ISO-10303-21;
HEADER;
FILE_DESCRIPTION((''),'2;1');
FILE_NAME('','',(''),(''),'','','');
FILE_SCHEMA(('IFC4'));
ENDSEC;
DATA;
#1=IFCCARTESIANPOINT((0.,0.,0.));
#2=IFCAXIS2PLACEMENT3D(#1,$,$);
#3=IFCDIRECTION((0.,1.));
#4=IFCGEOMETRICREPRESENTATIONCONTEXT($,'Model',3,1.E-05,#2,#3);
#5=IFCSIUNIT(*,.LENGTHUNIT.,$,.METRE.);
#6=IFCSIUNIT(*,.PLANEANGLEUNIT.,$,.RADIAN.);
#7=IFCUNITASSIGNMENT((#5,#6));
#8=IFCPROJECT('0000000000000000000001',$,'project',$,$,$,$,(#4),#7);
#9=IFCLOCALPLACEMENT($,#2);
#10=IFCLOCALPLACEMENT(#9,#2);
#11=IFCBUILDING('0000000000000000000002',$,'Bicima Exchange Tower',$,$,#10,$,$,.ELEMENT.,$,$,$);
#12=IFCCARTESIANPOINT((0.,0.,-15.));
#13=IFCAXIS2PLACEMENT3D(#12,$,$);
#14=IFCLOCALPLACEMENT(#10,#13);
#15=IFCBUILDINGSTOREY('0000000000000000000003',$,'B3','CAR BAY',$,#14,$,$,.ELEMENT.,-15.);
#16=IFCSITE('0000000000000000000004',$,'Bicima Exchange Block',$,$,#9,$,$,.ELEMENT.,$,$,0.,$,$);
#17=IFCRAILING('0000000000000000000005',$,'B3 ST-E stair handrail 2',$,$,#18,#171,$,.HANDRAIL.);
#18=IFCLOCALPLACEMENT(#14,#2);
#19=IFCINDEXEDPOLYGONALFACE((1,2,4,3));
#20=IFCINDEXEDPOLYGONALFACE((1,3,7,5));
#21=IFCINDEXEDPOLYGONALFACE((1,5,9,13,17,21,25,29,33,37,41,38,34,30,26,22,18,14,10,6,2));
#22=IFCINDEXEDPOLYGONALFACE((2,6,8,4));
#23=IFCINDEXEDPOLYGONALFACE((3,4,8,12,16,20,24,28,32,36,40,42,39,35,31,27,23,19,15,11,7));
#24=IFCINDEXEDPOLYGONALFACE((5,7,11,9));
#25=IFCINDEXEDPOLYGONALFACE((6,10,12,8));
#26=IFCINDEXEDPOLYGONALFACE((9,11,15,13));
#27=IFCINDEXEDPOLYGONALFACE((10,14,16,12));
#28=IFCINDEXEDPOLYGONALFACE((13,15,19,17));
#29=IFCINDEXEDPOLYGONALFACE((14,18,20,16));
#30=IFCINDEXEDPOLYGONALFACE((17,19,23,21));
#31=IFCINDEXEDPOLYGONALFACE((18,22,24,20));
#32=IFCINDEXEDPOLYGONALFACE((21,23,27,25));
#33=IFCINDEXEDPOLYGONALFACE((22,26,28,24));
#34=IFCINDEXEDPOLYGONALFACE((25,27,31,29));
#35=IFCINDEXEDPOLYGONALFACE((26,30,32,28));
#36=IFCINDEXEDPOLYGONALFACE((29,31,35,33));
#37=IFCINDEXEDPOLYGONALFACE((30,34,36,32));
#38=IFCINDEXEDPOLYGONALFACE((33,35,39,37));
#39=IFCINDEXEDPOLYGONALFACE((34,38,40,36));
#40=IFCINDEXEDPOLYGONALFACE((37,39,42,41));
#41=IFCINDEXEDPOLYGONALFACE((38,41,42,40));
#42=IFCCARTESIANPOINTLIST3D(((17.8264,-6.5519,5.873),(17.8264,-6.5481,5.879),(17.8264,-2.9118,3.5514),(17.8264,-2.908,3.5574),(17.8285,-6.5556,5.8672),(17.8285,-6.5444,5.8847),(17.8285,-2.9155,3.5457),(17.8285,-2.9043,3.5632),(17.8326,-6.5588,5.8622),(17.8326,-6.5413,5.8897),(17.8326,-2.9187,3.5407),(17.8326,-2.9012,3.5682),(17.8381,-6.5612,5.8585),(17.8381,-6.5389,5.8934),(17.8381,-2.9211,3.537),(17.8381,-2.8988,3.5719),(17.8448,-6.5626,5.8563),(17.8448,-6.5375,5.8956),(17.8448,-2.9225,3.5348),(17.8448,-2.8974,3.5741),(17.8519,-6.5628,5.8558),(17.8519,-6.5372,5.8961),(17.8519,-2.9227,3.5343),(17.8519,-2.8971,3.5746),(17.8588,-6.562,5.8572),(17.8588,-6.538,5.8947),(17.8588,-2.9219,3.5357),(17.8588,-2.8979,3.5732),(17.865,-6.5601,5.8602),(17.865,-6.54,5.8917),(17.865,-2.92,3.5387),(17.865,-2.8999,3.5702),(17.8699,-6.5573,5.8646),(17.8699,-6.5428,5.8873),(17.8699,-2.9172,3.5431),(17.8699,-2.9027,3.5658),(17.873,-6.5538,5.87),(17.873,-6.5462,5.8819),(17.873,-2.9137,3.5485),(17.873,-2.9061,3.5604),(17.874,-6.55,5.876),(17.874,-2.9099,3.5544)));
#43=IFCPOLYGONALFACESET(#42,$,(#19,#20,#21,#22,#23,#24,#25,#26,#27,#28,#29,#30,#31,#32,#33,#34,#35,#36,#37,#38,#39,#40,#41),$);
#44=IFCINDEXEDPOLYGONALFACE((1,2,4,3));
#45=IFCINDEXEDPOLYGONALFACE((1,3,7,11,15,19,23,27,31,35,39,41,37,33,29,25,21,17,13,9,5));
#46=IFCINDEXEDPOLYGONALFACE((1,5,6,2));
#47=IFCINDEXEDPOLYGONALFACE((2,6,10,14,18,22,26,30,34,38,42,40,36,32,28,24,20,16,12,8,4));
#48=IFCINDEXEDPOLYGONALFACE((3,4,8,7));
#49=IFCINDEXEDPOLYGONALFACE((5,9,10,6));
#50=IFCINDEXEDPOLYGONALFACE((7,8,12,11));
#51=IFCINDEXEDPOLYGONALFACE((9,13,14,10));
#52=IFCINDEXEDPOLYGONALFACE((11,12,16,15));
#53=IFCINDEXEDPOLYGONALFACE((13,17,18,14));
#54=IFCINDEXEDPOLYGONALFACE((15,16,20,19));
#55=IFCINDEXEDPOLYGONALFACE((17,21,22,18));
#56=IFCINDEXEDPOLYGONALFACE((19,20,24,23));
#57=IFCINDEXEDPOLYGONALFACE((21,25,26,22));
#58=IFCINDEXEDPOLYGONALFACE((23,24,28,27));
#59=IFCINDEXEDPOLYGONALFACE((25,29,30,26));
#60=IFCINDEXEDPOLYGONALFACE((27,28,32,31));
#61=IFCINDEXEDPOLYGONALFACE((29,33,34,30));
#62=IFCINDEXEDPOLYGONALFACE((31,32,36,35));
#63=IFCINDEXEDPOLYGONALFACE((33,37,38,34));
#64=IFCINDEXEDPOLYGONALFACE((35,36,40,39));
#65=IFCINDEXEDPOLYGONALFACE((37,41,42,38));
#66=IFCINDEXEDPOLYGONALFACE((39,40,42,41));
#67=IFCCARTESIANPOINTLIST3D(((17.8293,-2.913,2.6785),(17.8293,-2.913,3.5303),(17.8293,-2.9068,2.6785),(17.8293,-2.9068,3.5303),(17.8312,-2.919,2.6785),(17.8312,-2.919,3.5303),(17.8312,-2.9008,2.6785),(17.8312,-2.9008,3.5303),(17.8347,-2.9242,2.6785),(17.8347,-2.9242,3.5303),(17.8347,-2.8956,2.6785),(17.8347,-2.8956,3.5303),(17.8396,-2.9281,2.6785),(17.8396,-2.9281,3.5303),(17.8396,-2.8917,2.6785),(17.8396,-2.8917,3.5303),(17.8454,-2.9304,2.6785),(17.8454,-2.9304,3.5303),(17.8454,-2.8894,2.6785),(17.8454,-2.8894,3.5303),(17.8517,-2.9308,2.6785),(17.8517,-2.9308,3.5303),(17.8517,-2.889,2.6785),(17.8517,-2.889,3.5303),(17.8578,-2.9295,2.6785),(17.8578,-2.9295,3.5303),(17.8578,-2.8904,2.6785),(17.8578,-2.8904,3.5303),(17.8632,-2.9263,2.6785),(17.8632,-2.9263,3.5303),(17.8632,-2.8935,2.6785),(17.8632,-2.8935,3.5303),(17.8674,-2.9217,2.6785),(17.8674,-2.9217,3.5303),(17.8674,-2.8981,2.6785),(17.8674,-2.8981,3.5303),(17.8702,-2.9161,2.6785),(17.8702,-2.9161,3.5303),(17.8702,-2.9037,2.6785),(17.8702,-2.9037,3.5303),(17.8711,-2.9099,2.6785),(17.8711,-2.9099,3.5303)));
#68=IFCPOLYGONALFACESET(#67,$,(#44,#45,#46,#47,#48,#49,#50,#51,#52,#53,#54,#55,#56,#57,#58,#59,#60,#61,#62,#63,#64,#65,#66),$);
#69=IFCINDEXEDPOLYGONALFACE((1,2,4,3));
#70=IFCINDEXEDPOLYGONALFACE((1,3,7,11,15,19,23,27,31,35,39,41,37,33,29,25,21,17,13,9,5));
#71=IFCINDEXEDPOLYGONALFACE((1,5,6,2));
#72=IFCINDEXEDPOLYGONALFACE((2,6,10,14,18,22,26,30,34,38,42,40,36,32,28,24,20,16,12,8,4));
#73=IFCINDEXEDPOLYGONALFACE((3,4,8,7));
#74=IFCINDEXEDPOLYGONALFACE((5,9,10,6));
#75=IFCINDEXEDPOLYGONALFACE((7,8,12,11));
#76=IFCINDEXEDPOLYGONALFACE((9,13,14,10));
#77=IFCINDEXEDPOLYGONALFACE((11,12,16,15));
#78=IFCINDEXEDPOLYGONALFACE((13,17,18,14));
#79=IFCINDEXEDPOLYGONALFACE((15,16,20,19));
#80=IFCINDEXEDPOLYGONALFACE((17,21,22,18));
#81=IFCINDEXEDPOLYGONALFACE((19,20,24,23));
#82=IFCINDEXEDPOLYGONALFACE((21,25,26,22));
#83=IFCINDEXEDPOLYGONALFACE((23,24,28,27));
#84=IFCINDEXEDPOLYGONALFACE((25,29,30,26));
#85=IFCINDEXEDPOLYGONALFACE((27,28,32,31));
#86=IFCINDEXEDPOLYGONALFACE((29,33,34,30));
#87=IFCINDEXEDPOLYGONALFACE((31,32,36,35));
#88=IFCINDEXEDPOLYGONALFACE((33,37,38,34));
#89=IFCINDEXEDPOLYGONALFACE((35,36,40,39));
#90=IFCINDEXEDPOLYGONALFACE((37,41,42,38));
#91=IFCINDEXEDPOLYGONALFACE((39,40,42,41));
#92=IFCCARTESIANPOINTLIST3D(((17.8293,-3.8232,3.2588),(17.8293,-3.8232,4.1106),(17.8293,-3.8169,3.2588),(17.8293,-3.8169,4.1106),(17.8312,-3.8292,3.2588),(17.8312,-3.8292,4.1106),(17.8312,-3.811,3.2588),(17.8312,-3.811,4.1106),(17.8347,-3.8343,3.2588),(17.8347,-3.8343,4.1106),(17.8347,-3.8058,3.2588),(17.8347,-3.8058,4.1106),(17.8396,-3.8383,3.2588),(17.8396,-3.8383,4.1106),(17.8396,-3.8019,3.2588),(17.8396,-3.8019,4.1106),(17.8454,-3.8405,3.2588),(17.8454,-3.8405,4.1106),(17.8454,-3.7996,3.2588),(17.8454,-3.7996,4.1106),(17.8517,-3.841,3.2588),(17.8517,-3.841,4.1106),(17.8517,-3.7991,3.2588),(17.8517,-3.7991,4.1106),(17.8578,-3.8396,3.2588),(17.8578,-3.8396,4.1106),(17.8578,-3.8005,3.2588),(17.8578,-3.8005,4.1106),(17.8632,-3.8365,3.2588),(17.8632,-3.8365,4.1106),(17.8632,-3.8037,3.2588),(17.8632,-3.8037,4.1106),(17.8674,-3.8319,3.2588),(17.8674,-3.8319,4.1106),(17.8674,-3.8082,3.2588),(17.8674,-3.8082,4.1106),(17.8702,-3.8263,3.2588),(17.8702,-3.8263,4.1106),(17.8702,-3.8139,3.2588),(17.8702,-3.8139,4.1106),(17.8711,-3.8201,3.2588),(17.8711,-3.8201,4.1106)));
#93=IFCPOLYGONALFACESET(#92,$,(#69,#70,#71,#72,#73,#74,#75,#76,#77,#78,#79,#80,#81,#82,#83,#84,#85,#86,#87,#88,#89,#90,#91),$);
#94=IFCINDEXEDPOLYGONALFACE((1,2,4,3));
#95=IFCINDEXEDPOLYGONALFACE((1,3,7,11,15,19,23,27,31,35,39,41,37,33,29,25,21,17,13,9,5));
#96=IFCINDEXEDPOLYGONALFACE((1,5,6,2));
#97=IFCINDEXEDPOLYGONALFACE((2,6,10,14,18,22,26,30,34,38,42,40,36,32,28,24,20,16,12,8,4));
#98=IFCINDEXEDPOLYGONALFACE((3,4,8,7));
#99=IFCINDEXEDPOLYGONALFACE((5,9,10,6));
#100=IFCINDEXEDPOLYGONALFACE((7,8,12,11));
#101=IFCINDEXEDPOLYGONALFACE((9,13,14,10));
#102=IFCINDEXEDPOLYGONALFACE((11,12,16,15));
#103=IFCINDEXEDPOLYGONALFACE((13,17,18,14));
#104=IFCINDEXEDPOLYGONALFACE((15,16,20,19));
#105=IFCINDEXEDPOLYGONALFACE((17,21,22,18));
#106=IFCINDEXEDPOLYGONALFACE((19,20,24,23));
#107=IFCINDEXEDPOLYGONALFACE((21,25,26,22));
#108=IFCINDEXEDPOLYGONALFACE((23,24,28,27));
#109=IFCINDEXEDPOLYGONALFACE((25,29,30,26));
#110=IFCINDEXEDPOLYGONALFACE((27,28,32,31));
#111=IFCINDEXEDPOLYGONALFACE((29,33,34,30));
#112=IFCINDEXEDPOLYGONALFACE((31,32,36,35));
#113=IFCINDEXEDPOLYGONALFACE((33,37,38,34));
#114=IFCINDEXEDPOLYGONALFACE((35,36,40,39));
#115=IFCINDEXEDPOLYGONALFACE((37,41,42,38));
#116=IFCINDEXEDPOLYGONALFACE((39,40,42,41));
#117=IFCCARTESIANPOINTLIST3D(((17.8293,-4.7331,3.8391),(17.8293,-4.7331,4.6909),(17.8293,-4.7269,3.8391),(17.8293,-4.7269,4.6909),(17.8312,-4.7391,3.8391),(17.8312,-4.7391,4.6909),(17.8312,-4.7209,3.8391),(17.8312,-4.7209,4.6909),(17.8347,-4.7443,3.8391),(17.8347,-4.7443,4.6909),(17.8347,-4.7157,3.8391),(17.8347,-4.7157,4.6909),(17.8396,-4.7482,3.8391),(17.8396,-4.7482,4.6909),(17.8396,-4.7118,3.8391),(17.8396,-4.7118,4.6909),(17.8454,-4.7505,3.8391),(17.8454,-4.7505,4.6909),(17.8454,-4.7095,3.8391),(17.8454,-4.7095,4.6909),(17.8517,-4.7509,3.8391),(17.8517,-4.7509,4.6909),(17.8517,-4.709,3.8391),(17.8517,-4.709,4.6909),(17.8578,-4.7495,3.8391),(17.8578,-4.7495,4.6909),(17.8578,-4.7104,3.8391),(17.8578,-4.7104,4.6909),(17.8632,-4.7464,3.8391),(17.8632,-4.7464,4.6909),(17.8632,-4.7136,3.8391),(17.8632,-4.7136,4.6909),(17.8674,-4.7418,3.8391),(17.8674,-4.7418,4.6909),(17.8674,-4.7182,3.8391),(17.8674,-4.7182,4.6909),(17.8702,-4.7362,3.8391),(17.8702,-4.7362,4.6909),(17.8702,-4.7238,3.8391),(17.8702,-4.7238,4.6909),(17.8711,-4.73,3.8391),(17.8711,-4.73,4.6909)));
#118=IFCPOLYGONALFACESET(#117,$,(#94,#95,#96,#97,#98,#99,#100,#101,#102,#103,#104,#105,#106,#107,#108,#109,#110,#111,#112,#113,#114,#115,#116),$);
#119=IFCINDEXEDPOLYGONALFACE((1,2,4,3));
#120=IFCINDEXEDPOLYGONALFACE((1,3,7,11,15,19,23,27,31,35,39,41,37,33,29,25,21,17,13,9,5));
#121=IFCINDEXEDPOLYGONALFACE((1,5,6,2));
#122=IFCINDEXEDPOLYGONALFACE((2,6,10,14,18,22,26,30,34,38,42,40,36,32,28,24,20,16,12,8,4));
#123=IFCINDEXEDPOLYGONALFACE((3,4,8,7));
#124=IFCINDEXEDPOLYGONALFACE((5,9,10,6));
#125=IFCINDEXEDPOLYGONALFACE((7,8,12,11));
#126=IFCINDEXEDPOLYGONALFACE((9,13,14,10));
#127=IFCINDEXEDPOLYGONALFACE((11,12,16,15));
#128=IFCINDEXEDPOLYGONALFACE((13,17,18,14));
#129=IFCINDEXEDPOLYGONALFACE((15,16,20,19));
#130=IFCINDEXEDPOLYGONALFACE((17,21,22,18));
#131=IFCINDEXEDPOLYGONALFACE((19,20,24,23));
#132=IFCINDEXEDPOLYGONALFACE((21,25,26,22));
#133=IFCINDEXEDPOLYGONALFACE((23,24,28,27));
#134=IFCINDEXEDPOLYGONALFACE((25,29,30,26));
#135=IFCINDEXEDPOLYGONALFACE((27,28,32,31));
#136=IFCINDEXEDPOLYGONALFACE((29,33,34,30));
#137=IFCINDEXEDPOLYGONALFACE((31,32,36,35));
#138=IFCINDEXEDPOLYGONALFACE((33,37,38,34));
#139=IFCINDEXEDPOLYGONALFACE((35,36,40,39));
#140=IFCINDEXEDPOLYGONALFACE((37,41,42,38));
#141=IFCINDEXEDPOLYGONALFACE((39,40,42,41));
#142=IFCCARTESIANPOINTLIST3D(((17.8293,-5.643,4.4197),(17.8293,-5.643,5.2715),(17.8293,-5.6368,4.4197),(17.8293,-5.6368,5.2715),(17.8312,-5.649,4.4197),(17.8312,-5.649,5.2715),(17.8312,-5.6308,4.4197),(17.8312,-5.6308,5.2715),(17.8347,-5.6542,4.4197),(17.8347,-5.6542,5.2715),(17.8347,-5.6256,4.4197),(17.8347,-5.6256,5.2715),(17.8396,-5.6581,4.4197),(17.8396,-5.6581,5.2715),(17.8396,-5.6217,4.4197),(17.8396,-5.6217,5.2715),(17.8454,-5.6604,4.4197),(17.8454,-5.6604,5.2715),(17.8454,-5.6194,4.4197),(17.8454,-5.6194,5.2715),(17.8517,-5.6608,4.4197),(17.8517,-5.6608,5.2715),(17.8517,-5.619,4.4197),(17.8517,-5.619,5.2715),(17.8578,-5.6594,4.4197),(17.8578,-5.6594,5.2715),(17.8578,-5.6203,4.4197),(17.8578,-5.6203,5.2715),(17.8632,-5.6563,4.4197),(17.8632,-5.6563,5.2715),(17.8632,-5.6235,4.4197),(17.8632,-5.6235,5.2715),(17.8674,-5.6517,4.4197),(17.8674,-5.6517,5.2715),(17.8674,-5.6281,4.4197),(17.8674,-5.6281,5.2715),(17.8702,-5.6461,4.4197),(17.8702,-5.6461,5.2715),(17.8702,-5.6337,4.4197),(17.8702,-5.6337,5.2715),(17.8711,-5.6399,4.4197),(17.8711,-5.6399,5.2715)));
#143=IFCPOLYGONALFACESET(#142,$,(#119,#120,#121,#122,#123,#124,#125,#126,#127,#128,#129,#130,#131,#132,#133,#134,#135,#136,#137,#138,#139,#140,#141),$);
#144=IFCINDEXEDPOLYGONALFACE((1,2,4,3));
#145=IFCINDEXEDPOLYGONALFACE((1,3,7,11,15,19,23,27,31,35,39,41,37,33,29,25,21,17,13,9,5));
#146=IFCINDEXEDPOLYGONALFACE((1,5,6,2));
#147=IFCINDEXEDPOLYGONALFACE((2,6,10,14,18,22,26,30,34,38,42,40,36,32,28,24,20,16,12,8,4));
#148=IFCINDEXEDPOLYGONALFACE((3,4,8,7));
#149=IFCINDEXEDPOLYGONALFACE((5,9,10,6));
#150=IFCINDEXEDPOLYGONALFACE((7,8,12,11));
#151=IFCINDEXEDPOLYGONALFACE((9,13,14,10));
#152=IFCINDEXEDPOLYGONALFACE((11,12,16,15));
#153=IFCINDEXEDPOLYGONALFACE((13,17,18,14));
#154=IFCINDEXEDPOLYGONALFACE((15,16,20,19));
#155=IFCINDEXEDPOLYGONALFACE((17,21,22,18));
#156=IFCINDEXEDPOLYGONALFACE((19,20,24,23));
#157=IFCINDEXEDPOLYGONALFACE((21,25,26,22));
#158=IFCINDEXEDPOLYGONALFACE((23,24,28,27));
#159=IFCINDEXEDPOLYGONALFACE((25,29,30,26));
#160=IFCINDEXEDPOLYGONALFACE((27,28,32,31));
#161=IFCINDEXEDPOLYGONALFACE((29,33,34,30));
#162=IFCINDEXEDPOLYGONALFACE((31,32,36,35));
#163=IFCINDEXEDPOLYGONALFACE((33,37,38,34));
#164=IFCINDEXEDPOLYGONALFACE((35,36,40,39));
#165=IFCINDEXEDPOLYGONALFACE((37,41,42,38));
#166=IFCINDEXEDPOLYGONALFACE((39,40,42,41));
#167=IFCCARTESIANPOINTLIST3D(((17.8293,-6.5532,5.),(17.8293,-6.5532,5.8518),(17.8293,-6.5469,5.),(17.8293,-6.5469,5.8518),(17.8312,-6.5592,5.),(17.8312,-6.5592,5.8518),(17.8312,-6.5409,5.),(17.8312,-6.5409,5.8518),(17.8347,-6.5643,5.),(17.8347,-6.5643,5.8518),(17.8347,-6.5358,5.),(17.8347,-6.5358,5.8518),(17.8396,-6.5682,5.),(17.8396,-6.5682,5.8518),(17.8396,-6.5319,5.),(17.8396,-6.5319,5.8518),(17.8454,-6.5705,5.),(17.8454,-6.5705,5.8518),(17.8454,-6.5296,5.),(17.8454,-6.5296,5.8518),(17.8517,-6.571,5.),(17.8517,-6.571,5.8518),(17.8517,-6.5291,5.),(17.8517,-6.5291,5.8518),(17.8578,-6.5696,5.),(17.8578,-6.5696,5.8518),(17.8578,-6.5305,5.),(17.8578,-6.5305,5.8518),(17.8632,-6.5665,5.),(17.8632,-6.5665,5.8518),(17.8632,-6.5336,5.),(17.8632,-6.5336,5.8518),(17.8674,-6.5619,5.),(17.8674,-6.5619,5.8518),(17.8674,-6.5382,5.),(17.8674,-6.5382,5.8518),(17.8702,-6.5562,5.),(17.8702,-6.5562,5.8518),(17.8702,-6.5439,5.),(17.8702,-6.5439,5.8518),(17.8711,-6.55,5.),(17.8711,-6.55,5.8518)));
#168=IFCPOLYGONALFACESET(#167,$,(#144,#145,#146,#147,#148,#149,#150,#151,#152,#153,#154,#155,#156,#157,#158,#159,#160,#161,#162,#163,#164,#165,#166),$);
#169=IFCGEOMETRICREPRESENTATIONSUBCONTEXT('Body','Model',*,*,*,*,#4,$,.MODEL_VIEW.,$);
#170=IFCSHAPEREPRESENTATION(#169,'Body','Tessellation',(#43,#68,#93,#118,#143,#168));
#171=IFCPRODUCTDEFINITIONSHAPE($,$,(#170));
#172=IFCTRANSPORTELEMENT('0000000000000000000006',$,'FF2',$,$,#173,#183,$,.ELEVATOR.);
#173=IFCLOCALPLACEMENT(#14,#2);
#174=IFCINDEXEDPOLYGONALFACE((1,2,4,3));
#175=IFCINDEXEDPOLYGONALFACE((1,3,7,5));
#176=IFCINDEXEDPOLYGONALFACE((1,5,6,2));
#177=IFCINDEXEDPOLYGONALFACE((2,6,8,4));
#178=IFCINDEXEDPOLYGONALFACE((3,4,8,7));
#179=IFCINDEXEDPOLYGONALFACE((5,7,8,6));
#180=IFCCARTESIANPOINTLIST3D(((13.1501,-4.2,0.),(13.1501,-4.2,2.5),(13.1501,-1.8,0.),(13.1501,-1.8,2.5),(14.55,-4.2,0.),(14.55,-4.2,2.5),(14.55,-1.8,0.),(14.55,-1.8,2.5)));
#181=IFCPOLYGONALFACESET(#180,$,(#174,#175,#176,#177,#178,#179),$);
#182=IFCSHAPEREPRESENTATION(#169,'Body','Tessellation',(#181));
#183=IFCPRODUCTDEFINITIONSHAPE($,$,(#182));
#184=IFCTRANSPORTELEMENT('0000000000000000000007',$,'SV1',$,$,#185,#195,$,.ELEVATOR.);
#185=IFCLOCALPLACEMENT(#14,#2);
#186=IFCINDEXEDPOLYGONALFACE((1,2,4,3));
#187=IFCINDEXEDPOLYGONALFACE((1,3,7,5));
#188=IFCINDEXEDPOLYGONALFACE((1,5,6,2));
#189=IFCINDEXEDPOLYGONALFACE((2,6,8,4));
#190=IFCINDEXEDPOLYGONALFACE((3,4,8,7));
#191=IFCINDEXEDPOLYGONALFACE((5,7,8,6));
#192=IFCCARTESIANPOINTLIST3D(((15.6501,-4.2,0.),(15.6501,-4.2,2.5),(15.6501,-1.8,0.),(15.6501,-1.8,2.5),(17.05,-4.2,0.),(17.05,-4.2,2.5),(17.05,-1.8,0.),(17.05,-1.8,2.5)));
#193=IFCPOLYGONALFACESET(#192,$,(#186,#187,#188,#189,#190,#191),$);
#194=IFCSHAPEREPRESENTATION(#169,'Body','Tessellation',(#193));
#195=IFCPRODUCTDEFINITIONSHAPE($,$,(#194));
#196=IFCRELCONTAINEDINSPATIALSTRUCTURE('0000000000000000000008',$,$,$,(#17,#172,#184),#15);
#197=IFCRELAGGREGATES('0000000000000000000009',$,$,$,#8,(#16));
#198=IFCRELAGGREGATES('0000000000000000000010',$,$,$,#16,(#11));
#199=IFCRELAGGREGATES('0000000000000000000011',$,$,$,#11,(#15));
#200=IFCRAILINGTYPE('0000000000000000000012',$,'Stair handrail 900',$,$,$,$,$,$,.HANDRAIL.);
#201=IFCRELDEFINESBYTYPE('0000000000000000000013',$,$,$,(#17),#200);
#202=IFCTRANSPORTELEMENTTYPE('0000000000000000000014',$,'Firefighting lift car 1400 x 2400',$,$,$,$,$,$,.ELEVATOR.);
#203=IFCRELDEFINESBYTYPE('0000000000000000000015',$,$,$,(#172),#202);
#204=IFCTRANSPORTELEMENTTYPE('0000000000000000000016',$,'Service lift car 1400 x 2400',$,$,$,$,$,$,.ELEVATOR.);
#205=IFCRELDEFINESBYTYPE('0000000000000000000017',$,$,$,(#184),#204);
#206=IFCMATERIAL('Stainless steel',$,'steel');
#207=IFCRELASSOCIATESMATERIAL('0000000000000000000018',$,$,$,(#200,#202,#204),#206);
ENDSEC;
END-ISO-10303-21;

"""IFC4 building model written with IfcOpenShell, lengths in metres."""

from ifc_helpers import new_model, si_unit, direction, frame, origin, origin_2d, place, context, subcontext, project, spatial, rectangle, circle, extrude, material, type_object, element, save


model = new_model("IFC4")

# Units and contexts
model_context = context("Model", 3, precision=1e-05, world=origin(), true_north=direction((0.0, 1.0)))
body_context = subcontext(model_context, "Body", "Model", "MODEL_VIEW")
ifc_project = project(units=[si_unit("LENGTHUNIT", "METRE"), si_unit("PLANEANGLEUNIT", "RADIAN")], contexts=[model_context])

# Site, building, storey
site_placement = place(None, origin())
site = spatial("IfcSite", under=ifc_project, at=site_placement, Name="Bicima Exchange Block", CompositionType="ELEMENT", RefElevation=0.0)
building_placement = place(site_placement, origin())
building = spatial("IfcBuilding", under=site, at=building_placement, Name="Bicima Exchange Tower", CompositionType="ELEMENT")
storey_placement = place(building_placement, frame((0.0, 0.0, -15.0)))
storey = spatial("IfcBuildingStorey", under=building, at=storey_placement, Name="B3", Description="CAR BAY", CompositionType="ELEMENT", Elevation=-15.0)

# Railing
ifc_material_1 = material(Name="Stainless steel", Category="steel")
railing_type = type_object("IfcRailingType", Name="Stair handrail 900", PredefinedType="HANDRAIL", material=ifc_material_1)
railing_placement = place(storey_placement, frame((17.8501, -2.9099, 2.6785)))
element("IfcRailing", 1, at=railing_placement, inside=storey, type_object=railing_type, Name="B3 ST-E stair handrail 2", PredefinedType="HANDRAIL", context=body_context, shape_type="SweptSolid", body=[
    extrude(circle(Radius=0.0239, at=origin_2d()), frame((0.0, 0.0, 0.876), z_axis=(0.0, -0.843128, 0.537713), x_axis=(1.0, 0.0, 0.0)), (0.0, 0.0, 1.0), 4.3174),
    extrude(circle(Radius=0.021, at=origin_2d()), origin(), (0.0, 0.0, 1.0), 0.8518),
    extrude(circle(Radius=0.021, at=origin_2d()), frame((0.0, -0.9102, 0.5803)), (0.0, 0.0, 1.0), 0.8518),
    extrude(circle(Radius=0.021, at=origin_2d()), frame((0.0, -1.8201, 1.1606)), (0.0, 0.0, 1.0), 0.8518),
    extrude(circle(Radius=0.021, at=origin_2d()), frame((0.0, -2.73, 1.7412)), (0.0, 0.0, 1.0), 0.8518),
    extrude(circle(Radius=0.021, at=origin_2d()), frame((0.0, -3.6401, 2.3215)), (0.0, 0.0, 1.0), 0.8518),
])

# Transport elements
transport_element_type_1 = type_object("IfcTransportElementType", Name="Firefighting lift car 1400 x 2400", PredefinedType="ELEVATOR", material=ifc_material_1)
transport_element_1_placement = place(storey_placement, frame((13.8501, -3.0, 0.0), z_axis=(0.0, 0.0, 1.0), x_axis=(1.0, 0.0, 0.0)))
element("IfcTransportElement", 2, at=transport_element_1_placement, inside=storey, type_object=transport_element_type_1, Name="FF2", PredefinedType="ELEVATOR", context=body_context, shape_type="SweptSolid", body=[
    extrude(rectangle(XDim=1.3999, YDim=2.3999, at=origin_2d()), origin(), (0.0, 0.0, 1.0), 2.5),
])
transport_element_type_2 = type_object("IfcTransportElementType", Name="Service lift car 1400 x 2400", PredefinedType="ELEVATOR", material=ifc_material_1)
transport_element_2_placement = place(storey_placement, frame((16.3501, -3.0, 0.0), z_axis=(0.0, 0.0, 1.0), x_axis=(1.0, 0.0, 0.0)))
element("IfcTransportElement", 3, at=transport_element_2_placement, inside=storey, type_object=transport_element_type_2, Name="SV1", PredefinedType="ELEVATOR", context=body_context, shape_type="SweptSolid", body=[
    extrude(rectangle(XDim=1.3999, YDim=2.3999, at=origin_2d()), origin(), (0.0, 0.0, 1.0), 2.5),
])

save(model, "model.ifc")
